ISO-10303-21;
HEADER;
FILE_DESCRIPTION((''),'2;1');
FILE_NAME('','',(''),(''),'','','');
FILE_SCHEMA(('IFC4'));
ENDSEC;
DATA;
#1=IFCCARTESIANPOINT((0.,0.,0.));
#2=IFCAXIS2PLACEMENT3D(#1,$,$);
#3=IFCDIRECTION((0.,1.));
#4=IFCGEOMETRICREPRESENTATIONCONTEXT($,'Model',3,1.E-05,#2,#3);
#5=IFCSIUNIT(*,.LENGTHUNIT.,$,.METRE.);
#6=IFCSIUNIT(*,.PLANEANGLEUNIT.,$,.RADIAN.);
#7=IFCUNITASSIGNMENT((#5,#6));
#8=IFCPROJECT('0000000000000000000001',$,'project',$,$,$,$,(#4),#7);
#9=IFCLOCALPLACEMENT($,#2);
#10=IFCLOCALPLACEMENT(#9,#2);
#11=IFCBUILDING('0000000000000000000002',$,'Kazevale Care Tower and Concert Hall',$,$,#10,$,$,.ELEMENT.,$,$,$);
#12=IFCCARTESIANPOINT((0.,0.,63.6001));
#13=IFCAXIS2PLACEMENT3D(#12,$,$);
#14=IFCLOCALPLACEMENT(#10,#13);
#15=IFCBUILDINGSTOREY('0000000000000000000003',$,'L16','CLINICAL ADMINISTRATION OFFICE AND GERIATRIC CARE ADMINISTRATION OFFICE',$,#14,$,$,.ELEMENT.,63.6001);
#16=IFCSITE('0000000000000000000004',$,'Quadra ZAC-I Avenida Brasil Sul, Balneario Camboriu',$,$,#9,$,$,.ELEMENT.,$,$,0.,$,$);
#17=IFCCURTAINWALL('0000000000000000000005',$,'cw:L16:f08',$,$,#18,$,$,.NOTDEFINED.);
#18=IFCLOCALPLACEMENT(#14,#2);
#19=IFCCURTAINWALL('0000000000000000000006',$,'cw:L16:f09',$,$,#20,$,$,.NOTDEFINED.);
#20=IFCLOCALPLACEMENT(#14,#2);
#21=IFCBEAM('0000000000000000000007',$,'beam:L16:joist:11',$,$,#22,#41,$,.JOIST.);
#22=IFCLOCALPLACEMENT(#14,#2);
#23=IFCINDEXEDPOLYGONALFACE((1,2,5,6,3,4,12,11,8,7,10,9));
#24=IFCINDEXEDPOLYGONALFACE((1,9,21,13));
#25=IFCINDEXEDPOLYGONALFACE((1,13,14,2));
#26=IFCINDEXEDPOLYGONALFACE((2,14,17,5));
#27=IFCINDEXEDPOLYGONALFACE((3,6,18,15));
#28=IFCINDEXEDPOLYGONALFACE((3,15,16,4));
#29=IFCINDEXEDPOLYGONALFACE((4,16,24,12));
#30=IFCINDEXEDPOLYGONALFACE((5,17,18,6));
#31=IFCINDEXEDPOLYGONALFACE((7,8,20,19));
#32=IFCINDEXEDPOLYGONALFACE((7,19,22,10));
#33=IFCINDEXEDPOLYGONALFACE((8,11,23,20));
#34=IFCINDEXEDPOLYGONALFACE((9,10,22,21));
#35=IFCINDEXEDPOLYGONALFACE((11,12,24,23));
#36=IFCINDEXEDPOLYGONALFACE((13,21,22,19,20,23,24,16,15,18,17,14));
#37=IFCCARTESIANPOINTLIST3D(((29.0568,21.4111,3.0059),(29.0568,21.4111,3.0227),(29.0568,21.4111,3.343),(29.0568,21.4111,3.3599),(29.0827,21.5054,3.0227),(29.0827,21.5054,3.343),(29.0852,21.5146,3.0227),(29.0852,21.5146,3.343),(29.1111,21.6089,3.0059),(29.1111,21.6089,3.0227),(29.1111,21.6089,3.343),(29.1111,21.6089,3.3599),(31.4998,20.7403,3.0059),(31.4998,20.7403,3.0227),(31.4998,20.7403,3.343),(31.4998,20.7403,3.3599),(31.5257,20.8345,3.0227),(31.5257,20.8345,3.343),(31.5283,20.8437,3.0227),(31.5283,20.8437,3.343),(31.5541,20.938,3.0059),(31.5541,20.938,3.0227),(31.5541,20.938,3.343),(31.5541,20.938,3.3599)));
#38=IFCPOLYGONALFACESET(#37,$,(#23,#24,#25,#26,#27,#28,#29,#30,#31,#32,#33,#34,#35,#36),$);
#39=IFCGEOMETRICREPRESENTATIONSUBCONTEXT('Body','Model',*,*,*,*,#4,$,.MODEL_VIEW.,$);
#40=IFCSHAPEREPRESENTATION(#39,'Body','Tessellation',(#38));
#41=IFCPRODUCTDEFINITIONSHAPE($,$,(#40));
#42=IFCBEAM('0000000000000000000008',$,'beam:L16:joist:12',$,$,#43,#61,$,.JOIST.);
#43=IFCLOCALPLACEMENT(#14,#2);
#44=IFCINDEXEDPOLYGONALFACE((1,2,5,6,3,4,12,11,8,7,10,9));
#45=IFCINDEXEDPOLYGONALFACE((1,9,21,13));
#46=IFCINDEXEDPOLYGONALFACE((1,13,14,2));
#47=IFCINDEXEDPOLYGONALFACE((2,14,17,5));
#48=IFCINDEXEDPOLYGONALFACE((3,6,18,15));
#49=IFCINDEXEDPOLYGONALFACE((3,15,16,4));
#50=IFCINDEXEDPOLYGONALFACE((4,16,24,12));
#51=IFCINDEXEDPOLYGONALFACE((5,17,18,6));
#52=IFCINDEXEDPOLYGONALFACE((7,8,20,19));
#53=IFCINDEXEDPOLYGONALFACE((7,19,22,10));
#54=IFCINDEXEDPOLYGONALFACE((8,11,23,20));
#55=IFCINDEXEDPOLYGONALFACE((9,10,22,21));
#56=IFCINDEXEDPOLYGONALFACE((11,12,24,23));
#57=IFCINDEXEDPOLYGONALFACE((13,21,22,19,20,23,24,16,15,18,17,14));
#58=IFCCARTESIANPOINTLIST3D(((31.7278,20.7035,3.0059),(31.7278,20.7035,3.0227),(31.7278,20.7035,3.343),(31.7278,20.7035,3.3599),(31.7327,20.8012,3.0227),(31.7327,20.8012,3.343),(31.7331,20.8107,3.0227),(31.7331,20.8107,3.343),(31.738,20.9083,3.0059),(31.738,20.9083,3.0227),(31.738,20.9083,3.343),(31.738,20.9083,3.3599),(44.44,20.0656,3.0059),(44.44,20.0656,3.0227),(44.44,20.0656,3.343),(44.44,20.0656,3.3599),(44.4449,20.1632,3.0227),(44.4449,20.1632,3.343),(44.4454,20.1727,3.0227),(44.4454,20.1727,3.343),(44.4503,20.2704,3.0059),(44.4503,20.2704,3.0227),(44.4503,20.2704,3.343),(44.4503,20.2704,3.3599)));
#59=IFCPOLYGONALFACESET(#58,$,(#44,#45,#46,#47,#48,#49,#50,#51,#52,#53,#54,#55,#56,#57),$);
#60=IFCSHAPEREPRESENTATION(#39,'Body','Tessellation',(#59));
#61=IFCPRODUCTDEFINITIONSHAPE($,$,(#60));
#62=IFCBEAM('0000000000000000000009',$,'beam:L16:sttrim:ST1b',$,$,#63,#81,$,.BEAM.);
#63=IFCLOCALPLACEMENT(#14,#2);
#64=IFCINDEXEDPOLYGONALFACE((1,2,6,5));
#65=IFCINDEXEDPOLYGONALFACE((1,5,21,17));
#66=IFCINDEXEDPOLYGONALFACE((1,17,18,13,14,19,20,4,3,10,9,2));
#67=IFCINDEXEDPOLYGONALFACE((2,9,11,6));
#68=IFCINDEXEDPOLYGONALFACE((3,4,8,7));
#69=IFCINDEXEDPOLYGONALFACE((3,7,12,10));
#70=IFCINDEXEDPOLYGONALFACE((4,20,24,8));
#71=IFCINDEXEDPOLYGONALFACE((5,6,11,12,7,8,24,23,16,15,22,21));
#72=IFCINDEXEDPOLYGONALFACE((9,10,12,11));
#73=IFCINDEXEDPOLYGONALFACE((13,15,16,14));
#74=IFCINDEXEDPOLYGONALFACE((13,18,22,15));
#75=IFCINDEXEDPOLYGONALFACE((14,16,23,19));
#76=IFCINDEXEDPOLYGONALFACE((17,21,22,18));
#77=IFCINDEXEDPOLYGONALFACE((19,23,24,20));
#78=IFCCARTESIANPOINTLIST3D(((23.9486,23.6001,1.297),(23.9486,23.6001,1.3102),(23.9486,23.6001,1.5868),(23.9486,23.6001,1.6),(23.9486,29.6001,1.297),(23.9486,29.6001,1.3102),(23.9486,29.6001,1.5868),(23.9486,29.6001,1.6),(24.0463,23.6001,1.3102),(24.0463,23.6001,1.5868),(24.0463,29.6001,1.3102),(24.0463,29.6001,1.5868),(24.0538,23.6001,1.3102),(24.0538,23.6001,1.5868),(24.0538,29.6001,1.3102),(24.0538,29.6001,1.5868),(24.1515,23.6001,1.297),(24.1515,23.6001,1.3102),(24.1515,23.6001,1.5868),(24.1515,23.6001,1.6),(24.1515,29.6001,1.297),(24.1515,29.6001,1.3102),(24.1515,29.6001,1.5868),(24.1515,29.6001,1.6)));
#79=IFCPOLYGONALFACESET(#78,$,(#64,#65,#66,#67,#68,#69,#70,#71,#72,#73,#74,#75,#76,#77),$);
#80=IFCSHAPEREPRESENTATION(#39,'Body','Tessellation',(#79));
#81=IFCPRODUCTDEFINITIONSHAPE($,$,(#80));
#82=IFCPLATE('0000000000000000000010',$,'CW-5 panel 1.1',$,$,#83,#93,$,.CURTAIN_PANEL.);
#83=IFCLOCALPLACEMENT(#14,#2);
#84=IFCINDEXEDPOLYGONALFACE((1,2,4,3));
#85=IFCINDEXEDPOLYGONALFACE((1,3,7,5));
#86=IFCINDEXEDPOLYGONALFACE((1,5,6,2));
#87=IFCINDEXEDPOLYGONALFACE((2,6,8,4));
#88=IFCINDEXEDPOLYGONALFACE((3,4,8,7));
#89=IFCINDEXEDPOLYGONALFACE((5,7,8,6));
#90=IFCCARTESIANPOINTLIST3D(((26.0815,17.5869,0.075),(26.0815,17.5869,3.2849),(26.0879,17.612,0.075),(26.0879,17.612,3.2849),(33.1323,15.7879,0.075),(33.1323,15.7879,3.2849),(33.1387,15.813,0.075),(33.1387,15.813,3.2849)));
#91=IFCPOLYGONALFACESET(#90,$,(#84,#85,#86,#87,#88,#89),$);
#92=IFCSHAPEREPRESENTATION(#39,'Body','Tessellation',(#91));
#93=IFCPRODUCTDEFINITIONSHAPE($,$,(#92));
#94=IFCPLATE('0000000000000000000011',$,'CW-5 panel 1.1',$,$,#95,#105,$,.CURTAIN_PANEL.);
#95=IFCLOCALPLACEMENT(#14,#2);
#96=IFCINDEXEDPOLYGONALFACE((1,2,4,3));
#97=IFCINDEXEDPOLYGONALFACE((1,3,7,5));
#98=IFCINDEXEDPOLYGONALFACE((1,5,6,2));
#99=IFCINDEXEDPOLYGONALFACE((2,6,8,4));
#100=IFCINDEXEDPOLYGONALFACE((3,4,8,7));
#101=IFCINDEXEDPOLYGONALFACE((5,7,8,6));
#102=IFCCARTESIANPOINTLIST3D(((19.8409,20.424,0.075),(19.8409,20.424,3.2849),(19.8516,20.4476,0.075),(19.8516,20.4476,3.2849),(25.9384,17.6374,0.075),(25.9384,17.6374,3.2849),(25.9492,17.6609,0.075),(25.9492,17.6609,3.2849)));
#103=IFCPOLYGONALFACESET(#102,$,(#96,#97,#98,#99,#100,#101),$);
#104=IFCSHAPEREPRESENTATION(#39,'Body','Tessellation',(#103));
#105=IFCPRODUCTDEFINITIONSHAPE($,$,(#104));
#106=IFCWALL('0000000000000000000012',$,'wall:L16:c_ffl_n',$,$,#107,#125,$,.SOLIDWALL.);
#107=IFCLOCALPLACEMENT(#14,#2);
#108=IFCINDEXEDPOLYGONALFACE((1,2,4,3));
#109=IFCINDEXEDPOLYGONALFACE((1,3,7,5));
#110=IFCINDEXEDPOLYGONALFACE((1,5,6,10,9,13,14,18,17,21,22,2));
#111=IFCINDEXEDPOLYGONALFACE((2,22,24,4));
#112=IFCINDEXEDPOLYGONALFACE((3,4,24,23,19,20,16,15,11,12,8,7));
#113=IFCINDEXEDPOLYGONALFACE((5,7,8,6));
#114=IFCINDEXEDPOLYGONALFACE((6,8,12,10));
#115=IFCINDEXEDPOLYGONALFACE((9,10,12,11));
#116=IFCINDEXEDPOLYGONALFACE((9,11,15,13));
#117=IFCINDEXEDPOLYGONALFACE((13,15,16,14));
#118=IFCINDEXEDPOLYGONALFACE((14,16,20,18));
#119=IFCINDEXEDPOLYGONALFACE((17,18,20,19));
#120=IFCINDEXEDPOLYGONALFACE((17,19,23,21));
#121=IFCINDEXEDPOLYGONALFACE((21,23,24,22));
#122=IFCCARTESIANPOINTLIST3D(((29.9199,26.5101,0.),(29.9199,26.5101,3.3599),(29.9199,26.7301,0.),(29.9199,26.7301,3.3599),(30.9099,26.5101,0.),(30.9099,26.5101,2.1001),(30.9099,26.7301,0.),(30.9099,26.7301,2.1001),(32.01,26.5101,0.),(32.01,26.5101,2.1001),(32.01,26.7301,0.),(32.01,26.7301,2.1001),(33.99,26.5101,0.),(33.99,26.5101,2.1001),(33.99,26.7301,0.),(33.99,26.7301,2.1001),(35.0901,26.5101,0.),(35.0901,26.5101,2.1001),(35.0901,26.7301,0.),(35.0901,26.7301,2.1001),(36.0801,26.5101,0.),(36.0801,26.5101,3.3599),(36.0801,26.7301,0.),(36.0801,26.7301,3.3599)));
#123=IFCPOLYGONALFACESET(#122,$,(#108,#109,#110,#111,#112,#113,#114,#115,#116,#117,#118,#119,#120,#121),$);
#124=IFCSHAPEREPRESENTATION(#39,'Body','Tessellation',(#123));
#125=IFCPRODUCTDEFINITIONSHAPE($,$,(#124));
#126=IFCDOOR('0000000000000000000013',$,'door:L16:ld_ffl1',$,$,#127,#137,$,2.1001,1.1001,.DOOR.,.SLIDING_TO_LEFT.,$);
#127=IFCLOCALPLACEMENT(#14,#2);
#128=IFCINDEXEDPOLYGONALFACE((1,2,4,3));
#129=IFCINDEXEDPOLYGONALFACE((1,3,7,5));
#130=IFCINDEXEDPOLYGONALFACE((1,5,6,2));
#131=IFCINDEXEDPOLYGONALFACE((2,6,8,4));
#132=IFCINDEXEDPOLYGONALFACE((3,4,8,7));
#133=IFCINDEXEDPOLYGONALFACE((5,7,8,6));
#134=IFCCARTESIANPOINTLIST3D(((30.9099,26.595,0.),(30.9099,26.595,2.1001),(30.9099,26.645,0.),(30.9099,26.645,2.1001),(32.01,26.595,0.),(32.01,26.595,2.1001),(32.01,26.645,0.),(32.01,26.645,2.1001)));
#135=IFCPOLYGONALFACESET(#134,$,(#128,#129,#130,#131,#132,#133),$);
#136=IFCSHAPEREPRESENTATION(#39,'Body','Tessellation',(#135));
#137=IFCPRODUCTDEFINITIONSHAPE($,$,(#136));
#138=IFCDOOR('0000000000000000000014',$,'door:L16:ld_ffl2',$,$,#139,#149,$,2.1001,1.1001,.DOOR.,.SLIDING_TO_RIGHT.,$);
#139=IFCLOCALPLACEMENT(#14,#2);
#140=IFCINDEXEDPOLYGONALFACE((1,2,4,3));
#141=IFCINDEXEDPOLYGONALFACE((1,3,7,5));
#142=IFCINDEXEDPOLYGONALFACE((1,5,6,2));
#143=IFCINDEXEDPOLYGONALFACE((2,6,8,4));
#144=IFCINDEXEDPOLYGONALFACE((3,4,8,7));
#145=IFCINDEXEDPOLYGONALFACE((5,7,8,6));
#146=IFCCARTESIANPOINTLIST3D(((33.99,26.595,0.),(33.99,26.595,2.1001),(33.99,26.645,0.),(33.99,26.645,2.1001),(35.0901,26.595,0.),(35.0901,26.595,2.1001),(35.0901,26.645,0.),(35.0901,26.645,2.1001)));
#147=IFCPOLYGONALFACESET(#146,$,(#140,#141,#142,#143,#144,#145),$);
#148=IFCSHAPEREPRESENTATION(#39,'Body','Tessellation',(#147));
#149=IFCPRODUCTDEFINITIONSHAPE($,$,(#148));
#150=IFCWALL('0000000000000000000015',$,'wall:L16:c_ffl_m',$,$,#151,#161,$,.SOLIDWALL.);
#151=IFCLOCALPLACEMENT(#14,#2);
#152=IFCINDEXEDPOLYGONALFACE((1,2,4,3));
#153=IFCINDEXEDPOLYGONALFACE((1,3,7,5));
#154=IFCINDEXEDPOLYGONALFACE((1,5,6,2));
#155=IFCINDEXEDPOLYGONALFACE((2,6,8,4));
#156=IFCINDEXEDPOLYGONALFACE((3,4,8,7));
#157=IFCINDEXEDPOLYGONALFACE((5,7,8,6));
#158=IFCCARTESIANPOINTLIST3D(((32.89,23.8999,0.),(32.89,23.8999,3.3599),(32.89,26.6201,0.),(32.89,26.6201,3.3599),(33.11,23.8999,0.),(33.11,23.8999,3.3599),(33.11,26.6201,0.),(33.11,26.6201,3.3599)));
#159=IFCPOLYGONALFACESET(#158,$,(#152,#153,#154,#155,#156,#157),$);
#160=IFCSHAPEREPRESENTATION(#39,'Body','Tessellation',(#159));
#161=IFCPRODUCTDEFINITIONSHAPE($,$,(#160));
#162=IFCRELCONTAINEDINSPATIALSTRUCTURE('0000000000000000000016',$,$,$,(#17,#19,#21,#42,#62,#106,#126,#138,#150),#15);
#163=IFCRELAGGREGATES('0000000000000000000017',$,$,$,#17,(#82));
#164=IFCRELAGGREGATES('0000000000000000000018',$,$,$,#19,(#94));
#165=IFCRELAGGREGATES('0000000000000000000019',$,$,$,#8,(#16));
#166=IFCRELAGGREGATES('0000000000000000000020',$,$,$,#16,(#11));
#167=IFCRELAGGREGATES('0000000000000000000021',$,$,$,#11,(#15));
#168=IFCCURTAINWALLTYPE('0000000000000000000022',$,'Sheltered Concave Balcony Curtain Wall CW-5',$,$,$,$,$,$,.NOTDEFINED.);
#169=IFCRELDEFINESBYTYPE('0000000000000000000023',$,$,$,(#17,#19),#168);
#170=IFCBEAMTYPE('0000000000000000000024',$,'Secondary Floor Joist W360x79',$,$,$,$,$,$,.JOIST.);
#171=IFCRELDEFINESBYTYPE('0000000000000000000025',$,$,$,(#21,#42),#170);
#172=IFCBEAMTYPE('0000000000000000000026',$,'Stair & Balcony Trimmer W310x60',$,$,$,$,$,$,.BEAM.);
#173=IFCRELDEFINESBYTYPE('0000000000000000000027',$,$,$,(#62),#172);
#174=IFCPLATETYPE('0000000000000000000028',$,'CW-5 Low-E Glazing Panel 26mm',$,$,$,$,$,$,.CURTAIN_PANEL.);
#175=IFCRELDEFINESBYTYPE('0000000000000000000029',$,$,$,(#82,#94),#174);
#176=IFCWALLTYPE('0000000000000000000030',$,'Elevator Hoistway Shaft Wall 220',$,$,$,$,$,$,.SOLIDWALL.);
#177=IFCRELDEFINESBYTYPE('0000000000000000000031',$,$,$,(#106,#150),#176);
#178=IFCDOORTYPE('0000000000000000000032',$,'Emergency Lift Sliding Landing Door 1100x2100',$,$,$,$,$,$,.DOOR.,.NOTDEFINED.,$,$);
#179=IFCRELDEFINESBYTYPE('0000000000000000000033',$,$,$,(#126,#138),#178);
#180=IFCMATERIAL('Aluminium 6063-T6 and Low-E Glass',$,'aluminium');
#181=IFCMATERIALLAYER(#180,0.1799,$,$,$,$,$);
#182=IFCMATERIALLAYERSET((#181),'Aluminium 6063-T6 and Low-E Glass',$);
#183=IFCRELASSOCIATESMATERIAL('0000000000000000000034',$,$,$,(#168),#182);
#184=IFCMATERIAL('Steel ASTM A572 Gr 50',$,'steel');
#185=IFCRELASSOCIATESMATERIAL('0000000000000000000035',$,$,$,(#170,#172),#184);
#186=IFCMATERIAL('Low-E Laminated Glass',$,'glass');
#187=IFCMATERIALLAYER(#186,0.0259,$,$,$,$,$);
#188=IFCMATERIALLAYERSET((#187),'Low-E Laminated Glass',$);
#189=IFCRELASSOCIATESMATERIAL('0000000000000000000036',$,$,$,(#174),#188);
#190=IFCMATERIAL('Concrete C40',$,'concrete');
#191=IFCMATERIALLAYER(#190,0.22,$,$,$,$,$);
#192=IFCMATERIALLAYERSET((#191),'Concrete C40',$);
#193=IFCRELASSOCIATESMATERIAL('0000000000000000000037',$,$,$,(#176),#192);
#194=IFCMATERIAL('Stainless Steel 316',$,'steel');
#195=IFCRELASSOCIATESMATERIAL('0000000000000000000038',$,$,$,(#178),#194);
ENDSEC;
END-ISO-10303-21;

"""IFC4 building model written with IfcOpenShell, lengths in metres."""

from ifc_helpers import new_model, si_unit, direction, frame, frame_2d, origin, origin_2d, place, context, subcontext, project, spatial, rectangle, i_section, extrude, material, layer, layer_set, material_profile, profile_set, type_object, element, fill, aggregate, save


model = new_model("IFC4")

# Units and contexts
model_context = context("Model", 3, precision=1e-05, world=origin(), true_north=direction((0.0, 1.0)))
body_context = subcontext(model_context, "Body", "Model", "MODEL_VIEW")
ifc_project = project(units=[si_unit("LENGTHUNIT", "METRE"), si_unit("PLANEANGLEUNIT", "RADIAN")], contexts=[model_context])

# Site, building, storey
site_placement = place(None, origin())
site = spatial("IfcSite", under=ifc_project, at=site_placement, Name="Quadra ZAC-I Avenida Brasil Sul, Balneario Camboriu", CompositionType="ELEMENT", RefElevation=0.0)
building_placement = place(site_placement, origin())
building = spatial("IfcBuilding", under=site, at=building_placement, Name="Kazevale Care Tower and Concert Hall", CompositionType="ELEMENT")
storey_placement = place(building_placement, frame((0.0, 0.0, 63.6001)))
storey = spatial("IfcBuildingStorey", under=building, at=storey_placement, Name="L16", Description="CLINICAL ADMINISTRATION OFFICE AND GERIATRIC CARE ADMINISTRATION OFFICE", CompositionType="ELEMENT", Elevation=63.6001)

# Shared definitions
ifc_material_1 = material(Name="Aluminium 6063-T6 and Low-E Glass", Category="aluminium")
ifc_layer_1 = layer(ifc_material_1, 0.1799)
ifc_layer_set_1 = layer_set([ifc_layer_1], Name="Aluminium 6063-T6 and Low-E Glass")
curtain_wall_type = type_object("IfcCurtainWallType", Name="Sheltered Concave Balcony Curtain Wall CW-5", PredefinedType="NOTDEFINED", material=ifc_layer_set_1)

# Curtain wall
curtain_wall_1_placement = place(storey_placement, origin())
curtain_wall_1 = element("IfcCurtainWall", 1, at=curtain_wall_1_placement, inside=storey, type_object=curtain_wall_type, Name="cw:L16:f08", PredefinedType="NOTDEFINED")

# Curtain wall
curtain_wall_2_placement = place(storey_placement, origin())
curtain_wall_2 = element("IfcCurtainWall", 2, at=curtain_wall_2_placement, inside=storey, type_object=curtain_wall_type, Name="cw:L16:f09", PredefinedType="NOTDEFINED")

# Beams
ifc_material_2 = material(Name="Steel ASTM A572 Gr 50", Category="steel")
ifc_material_profile_1 = material_profile(ifc_material_2, i_section(OverallWidth=0.2051, OverallDepth=0.354, WebThickness=0.0095, FlangeThickness=0.0168, at=origin_2d()), Name="W360x79")
ifc_profile_set_1 = profile_set([ifc_material_profile_1], Name="Steel ASTM A572 Gr 50")
beam_type_1 = type_object("IfcBeamType", Name="Secondary Floor Joist W360x79", PredefinedType="JOIST", material=ifc_profile_set_1)
beam_1_placement = place(storey_placement, frame((29.084, 21.51, 3.1829), z_axis=(0.964302, -0.264805, 0.0), x_axis=(0.264805, 0.964302, 0.0)))
element("IfcBeam", 3, at=beam_1_placement, inside=storey, type_object=beam_type_1, Name="beam:L16:joist:11", PredefinedType="JOIST", context=body_context, shape_type="SweptSolid", body=[
    extrude(i_section(OverallWidth=0.2051, OverallDepth=0.354, WebThickness=0.0095, FlangeThickness=0.0168, at=origin_2d()), origin(), (0.0, 0.0, 1.0), 2.5334),
])
beam_2_placement = place(storey_placement, frame((31.7329, 20.8059, 3.1829), z_axis=(0.998743, -0.05012, 0.0), x_axis=(0.05012, 0.998743, 0.0)))
element("IfcBeam", 4, at=beam_2_placement, inside=storey, type_object=beam_type_1, Name="beam:L16:joist:12", PredefinedType="JOIST", context=body_context, shape_type="SweptSolid", body=[
    extrude(i_section(OverallWidth=0.2051, OverallDepth=0.354, WebThickness=0.0095, FlangeThickness=0.0168, at=origin_2d()), origin(), (0.0, 0.0, 1.0), 12.7283),
])
ifc_material_profile_2 = material_profile(ifc_material_2, i_section(OverallWidth=0.2029, OverallDepth=0.303, WebThickness=0.0076, FlangeThickness=0.0132, at=origin_2d()), Name="W310x60")
ifc_profile_set_2 = profile_set([ifc_material_profile_2], Name="Steel ASTM A572 Gr 50")
beam_type_2 = type_object("IfcBeamType", Name="Stair & Balcony Trimmer W310x60", PredefinedType="BEAM", material=ifc_profile_set_2)
beam_3_placement = place(storey_placement, frame((24.05, 23.6001, 1.4485), z_axis=(0.0, 1.0, 0.0), x_axis=(-1.0, 0.0, 0.0)))
element("IfcBeam", 5, at=beam_3_placement, inside=storey, type_object=beam_type_2, Name="beam:L16:sttrim:ST1b", PredefinedType="BEAM", context=body_context, shape_type="SweptSolid", body=[
    extrude(i_section(OverallWidth=0.2029, OverallDepth=0.303, WebThickness=0.0076, FlangeThickness=0.0132, at=origin_2d()), origin(), (0.0, 0.0, 1.0), 6.0),
])

# Plates
ifc_material_3 = material(Name="Low-E Laminated Glass", Category="glass")
ifc_layer_2 = layer(ifc_material_3, 0.0259)
ifc_layer_set_2 = layer_set([ifc_layer_2], Name="Low-E Laminated Glass")
plate_type = type_object("IfcPlateType", Name="CW-5 Low-E Glazing Panel 26mm", PredefinedType="CURTAIN_PANEL", material=ifc_layer_set_2)
plate_1_placement = place(storey_placement, frame((29.6101, 16.7, 0.075), z_axis=(0.0, 0.0, 1.0), x_axis=(-0.968959, 0.247222, 0.0)))
plate_1 = element("IfcPlate", 6, at=plate_1_placement, type_object=plate_type, Name="CW-5 panel 1.1", PredefinedType="CURTAIN_PANEL", context=body_context, shape_type="SweptSolid", body=[
    extrude(rectangle(XDim=7.2766, YDim=0.0259, at=origin_2d()), origin(), (0.0, 0.0, 1.0), 3.21),
])
aggregate(curtain_wall_1, [plate_1])
plate_2_placement = place(storey_placement, frame((22.895, 19.0425, 0.075), z_axis=(0.0, 0.0, 1.0), x_axis=(-0.90952, 0.41566, 0.0)))
plate_2 = element("IfcPlate", 7, at=plate_2_placement, type_object=plate_type, Name="CW-5 panel 1.1", PredefinedType="CURTAIN_PANEL", context=body_context, shape_type="SweptSolid", body=[
    extrude(rectangle(XDim=6.7041, YDim=0.0259, at=origin_2d()), origin(), (0.0, 0.0, 1.0), 3.21),
])
aggregate(curtain_wall_2, [plate_2])

# Wall, openings, doors
ifc_material_4 = material(Name="Concrete C40", Category="concrete")
ifc_layer_3 = layer(ifc_material_4, 0.22)
ifc_layer_set_3 = layer_set([ifc_layer_3], Name="Concrete C40")
wall_type_1 = type_object("IfcWallType", Name="Elevator Hoistway Shaft Wall 220", PredefinedType="SOLIDWALL", material=ifc_layer_set_3)
wall_1_placement = place(storey_placement, frame((29.9199, 26.6201, 0.0), z_axis=(0.0, 0.0, 1.0), x_axis=(1.0, 0.0, 0.0)))
wall_1 = element("IfcWall", 8, at=wall_1_placement, inside=storey, type_object=wall_type_1, Name="wall:L16:c_ffl_n", PredefinedType="SOLIDWALL", context=body_context, shape_type="SweptSolid", body=[
    extrude(rectangle(XDim=6.1602, YDim=0.22, at=frame_2d((3.0801, 0.0))), origin(), (0.0, 0.0, 1.0), 3.3599),
])
opening_1_placement = place(wall_1_placement, frame((0.99, 0.0, 0.0)))
opening_1 = element("IfcOpeningElement", 9, at=opening_1_placement, cuts=wall_1, PredefinedType="OPENING", context=body_context, shape_type="SweptSolid", body=[
    extrude(rectangle(XDim=1.1001, YDim=2.1001, at=frame_2d((0.55, 1.05))), frame((0.0, 0.1199, 0.0), z_axis=(0.0, -1.0, 0.0), x_axis=(1.0, 0.0, 0.0)), (0.0, 0.0, 1.0), 0.24),
])
opening_2_placement = place(wall_1_placement, frame((4.0701, 0.0, 0.0)))
opening_2 = element("IfcOpeningElement", 10, at=opening_2_placement, cuts=wall_1, PredefinedType="OPENING", context=body_context, shape_type="SweptSolid", body=[
    extrude(rectangle(XDim=1.1001, YDim=2.1001, at=frame_2d((0.55, 1.05))), frame((0.0, 0.1199, 0.0), z_axis=(0.0, -1.0, 0.0), x_axis=(1.0, 0.0, 0.0)), (0.0, 0.0, 1.0), 0.24),
])
ifc_material_5 = material(Name="Stainless Steel 316", Category="steel")
door_type_1 = type_object("IfcDoorType", Name="Emergency Lift Sliding Landing Door 1100x2100", OperationType="NOTDEFINED", PredefinedType="DOOR", material=ifc_material_5)
door_1_placement = place(opening_1_placement, origin())
door_1 = element("IfcDoor", 11, at=door_1_placement, inside=storey, type_object=door_type_1, Name="door:L16:ld_ffl1", OperationType="SLIDING_TO_LEFT", OverallHeight=2.1001, OverallWidth=1.1001, PredefinedType="DOOR", context=body_context, shape_type="SweptSolid", body=[
    extrude(rectangle(XDim=1.1001, YDim=2.1001, at=frame_2d((0.55, 1.05))), frame((0.0, 0.0249, 0.0), z_axis=(0.0, -1.0, 0.0), x_axis=(1.0, 0.0, 0.0)), (0.0, 0.0, 1.0), 0.05),
])
fill(opening_1, door_1)
door_2_placement = place(opening_2_placement, origin())
door_2 = element("IfcDoor", 12, at=door_2_placement, inside=storey, type_object=door_type_1, Name="door:L16:ld_ffl2", OperationType="SLIDING_TO_RIGHT", OverallHeight=2.1001, OverallWidth=1.1001, PredefinedType="DOOR", context=body_context, shape_type="SweptSolid", body=[
    extrude(rectangle(XDim=1.1001, YDim=2.1001, at=frame_2d((0.55, 1.05))), frame((0.0, 0.0249, 0.0), z_axis=(0.0, -1.0, 0.0), x_axis=(1.0, 0.0, 0.0)), (0.0, 0.0, 1.0), 0.05),
])
fill(opening_2, door_2)

# Wall
wall_2_placement = place(storey_placement, frame((33.0, 23.8999, 0.0), z_axis=(0.0, 0.0, 1.0), x_axis=(0.0, 1.0, 0.0)))
element("IfcWall", 13, at=wall_2_placement, inside=storey, type_object=wall_type_1, Name="wall:L16:c_ffl_m", PredefinedType="SOLIDWALL", context=body_context, shape_type="SweptSolid", body=[
    extrude(rectangle(XDim=2.7202, YDim=0.22, at=frame_2d((1.3601, 0.0))), origin(), (0.0, 0.0, 1.0), 3.3599),
])

save(model, "model.ifc")
